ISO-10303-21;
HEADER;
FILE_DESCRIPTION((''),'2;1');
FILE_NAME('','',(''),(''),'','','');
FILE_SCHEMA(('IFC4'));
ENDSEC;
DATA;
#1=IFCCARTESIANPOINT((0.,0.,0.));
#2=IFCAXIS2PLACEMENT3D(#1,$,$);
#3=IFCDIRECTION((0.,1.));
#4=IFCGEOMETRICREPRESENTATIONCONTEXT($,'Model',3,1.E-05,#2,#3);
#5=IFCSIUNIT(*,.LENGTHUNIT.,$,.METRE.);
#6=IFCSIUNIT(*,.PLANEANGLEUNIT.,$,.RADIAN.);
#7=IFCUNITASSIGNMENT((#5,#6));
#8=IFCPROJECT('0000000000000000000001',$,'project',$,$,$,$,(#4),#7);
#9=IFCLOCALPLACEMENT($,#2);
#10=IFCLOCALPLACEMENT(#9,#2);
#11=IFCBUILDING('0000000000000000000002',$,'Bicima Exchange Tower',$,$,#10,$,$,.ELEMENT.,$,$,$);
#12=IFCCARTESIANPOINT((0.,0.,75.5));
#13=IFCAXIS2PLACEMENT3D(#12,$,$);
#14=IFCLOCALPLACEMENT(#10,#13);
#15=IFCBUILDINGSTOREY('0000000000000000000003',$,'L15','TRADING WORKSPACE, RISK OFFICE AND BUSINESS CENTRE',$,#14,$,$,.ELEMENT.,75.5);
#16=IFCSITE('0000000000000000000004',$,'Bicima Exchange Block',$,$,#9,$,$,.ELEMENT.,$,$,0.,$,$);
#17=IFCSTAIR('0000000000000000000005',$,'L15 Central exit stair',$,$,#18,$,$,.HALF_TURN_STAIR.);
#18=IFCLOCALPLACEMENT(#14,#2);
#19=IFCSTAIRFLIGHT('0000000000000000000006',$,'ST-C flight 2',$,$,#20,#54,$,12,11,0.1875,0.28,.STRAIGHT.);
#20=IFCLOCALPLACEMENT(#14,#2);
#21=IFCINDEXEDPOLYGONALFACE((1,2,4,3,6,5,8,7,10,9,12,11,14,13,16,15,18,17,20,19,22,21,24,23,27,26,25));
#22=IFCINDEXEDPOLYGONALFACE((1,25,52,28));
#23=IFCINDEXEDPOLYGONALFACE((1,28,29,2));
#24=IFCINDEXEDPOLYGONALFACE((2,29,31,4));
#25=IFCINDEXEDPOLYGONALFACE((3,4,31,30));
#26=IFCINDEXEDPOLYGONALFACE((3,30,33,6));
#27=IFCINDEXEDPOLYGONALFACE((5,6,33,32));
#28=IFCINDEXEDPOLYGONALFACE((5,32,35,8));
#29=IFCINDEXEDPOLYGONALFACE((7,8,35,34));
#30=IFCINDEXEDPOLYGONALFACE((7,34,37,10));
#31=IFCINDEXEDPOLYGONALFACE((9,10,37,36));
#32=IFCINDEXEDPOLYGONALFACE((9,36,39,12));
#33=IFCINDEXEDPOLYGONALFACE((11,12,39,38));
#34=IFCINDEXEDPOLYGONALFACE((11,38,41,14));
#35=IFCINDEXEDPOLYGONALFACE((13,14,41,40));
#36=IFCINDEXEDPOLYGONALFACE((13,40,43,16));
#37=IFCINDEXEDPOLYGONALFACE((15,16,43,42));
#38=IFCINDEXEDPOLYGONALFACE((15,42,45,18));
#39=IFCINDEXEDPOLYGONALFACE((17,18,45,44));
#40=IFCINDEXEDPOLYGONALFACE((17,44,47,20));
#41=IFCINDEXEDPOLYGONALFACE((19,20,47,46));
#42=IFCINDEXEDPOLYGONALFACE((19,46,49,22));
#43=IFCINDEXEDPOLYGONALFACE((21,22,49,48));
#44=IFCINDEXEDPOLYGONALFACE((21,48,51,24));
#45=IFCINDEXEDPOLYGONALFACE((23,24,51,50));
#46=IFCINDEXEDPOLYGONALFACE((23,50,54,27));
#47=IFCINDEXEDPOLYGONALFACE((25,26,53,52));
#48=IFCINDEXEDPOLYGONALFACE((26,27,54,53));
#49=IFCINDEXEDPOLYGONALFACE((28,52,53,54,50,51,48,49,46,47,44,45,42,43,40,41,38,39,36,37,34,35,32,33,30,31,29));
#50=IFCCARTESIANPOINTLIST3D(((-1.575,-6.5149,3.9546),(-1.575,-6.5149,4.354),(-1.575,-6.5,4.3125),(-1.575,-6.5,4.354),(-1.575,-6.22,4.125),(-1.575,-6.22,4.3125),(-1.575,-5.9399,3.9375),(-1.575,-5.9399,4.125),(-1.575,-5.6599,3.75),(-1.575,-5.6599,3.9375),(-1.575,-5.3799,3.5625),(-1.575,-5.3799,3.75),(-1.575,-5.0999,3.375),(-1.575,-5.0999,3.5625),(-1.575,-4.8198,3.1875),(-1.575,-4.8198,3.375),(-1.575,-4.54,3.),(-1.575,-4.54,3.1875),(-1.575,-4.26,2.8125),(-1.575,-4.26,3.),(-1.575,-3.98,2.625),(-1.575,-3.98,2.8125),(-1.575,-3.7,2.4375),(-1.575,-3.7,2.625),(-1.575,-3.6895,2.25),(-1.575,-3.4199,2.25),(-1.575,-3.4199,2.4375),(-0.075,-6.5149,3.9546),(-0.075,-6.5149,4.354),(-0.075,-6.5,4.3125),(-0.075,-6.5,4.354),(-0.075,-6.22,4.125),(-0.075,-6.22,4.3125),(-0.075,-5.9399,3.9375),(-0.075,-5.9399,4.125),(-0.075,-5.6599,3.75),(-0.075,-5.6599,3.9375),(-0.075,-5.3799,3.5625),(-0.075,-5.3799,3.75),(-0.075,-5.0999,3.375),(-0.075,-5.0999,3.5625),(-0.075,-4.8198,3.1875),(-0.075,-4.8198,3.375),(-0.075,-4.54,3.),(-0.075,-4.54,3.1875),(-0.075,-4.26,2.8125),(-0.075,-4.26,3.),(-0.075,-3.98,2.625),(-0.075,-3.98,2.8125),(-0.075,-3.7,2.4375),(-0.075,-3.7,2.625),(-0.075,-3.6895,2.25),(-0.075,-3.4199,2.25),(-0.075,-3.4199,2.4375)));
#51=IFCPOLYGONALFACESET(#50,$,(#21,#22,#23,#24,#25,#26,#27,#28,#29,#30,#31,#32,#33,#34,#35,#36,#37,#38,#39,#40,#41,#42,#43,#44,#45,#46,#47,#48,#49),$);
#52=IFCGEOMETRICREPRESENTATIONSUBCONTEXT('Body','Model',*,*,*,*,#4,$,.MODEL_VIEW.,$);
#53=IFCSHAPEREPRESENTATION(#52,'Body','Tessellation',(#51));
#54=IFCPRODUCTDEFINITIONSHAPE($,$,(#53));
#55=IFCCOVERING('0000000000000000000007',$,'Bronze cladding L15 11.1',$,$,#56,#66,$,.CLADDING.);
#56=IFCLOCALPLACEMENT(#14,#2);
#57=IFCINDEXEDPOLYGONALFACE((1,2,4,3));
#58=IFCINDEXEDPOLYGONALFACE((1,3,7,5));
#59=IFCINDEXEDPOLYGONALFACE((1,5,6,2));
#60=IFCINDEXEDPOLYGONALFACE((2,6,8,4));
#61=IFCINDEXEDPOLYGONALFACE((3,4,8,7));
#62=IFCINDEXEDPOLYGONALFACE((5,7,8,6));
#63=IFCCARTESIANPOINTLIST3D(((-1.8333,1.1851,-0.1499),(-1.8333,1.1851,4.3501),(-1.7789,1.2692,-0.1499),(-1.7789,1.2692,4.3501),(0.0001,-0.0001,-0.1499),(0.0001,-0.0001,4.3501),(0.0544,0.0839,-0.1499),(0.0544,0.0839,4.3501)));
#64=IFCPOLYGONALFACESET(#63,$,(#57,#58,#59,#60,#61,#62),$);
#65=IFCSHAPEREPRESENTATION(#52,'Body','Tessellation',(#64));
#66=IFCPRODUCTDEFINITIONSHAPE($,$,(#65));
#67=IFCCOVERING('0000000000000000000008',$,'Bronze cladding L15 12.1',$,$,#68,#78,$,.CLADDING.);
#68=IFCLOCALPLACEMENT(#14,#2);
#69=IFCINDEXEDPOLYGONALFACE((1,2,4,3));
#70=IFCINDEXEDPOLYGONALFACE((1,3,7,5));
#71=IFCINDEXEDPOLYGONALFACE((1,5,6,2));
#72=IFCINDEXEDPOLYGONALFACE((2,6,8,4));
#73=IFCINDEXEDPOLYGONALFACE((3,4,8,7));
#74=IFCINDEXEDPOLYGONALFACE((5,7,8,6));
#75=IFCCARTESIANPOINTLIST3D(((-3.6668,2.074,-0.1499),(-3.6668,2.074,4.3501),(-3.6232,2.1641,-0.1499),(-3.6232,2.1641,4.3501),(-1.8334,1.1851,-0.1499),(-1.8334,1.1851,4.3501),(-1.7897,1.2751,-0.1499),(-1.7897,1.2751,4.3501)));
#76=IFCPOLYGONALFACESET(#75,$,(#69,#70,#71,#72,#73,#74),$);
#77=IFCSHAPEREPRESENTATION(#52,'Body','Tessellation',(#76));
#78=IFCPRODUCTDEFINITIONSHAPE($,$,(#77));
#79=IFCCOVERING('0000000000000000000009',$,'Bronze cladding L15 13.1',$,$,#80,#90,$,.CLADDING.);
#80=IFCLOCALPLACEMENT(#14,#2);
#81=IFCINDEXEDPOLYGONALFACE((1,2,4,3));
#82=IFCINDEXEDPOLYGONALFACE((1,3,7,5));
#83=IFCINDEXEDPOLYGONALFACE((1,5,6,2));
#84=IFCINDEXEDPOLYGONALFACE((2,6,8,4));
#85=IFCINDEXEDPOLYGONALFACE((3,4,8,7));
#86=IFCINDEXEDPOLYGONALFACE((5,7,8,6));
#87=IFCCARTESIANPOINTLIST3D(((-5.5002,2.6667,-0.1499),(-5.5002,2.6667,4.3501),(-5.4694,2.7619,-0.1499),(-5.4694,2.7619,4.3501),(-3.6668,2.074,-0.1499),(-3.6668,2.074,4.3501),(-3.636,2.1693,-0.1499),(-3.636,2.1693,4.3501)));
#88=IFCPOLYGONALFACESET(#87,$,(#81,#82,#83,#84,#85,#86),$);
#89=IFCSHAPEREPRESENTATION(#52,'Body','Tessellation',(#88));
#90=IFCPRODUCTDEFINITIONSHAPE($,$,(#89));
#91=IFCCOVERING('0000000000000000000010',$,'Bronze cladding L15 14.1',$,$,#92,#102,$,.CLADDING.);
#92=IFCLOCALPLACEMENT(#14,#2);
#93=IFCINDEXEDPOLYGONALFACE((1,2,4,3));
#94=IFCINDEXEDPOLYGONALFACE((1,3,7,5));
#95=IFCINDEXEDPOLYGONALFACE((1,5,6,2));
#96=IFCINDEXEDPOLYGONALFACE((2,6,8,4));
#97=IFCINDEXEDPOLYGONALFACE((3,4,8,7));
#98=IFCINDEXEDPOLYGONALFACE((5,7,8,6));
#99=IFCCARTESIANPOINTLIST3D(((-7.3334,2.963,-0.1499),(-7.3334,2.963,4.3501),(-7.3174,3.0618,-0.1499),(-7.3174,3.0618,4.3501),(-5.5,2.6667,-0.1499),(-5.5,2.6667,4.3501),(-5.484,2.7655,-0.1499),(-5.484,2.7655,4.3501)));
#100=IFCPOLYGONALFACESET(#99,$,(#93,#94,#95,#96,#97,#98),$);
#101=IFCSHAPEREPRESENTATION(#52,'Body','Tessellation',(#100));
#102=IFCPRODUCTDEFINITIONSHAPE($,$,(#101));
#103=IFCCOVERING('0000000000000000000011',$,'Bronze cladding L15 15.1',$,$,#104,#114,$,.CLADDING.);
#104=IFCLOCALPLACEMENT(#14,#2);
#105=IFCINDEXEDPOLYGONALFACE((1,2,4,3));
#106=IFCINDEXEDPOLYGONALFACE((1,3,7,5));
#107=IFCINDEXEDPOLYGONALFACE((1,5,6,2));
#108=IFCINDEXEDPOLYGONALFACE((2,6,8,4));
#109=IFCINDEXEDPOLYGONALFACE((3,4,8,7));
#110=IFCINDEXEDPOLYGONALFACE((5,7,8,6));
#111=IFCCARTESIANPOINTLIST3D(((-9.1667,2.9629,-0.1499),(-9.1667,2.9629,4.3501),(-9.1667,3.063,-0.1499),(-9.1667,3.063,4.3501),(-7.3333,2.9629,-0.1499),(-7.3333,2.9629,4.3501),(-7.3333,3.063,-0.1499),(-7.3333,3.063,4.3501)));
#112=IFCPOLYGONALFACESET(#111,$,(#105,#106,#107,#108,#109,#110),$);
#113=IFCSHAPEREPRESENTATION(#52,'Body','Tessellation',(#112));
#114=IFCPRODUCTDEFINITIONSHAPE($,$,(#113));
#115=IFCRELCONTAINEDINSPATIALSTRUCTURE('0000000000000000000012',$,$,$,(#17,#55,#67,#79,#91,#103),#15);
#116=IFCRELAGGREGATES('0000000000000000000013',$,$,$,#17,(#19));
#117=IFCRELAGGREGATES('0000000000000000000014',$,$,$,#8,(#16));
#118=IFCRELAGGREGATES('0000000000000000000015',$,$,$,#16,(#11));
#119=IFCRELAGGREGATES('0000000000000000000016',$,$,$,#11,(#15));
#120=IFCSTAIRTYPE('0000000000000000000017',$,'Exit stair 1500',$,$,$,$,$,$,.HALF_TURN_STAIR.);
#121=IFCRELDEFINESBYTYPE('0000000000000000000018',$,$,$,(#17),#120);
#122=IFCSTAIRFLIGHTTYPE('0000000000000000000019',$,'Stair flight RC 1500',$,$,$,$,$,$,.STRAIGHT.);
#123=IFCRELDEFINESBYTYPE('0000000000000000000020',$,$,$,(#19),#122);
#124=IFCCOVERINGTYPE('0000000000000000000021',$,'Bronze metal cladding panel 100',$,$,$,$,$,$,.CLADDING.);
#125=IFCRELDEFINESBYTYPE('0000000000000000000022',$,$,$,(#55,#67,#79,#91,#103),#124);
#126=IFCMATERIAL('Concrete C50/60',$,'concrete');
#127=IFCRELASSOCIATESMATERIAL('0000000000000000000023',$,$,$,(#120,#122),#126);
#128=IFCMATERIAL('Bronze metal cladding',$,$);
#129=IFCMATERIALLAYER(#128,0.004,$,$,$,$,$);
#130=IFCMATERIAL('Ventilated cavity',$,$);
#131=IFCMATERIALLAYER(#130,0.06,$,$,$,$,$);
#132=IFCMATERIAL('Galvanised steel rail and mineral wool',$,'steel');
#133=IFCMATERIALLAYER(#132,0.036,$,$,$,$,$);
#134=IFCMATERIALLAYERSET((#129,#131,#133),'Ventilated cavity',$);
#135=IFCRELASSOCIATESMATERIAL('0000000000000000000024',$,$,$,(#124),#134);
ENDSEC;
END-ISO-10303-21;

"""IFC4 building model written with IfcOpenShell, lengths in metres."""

from ifc_helpers import new_model, si_unit, direction, frame, origin, origin_2d, place, context, subcontext, project, spatial, polyline, rectangle, outline, extrude, material, layer, layer_set, type_object, element, aggregate, save


model = new_model("IFC4")

# Units and contexts
model_context = context("Model", 3, precision=1e-05, world=origin(), true_north=direction((0.0, 1.0)))
body_context = subcontext(model_context, "Body", "Model", "MODEL_VIEW")
ifc_project = project(units=[si_unit("LENGTHUNIT", "METRE"), si_unit("PLANEANGLEUNIT", "RADIAN")], contexts=[model_context])

# Site, building, storey
site_placement = place(None, origin())
site = spatial("IfcSite", under=ifc_project, at=site_placement, Name="Bicima Exchange Block", CompositionType="ELEMENT", RefElevation=0.0)
building_placement = place(site_placement, origin())
building = spatial("IfcBuilding", under=site, at=building_placement, Name="Bicima Exchange Tower", CompositionType="ELEMENT")
storey_placement = place(building_placement, frame((0.0, 0.0, 75.5)))
storey = spatial("IfcBuildingStorey", under=building, at=storey_placement, Name="L15", Description="TRADING WORKSPACE, RISK OFFICE AND BUSINESS CENTRE", CompositionType="ELEMENT", Elevation=75.5)

# Shared definitions
ifc_material_1 = material(Name="Concrete C50/60", Category="concrete")

# Stair, stair flight
stair_type = type_object("IfcStairType", Name="Exit stair 1500", PredefinedType="HALF_TURN_STAIR", material=ifc_material_1)
stair_placement = place(storey_placement, origin())
stair = element("IfcStair", 1, at=stair_placement, inside=storey, type_object=stair_type, Name="L15 Central exit stair", PredefinedType="HALF_TURN_STAIR")
stair_flight_type = type_object("IfcStairFlightType", Name="Stair flight RC 1500", PredefinedType="STRAIGHT", material=ifc_material_1)
stair_flight_placement = place(storey_placement, frame((-0.825, -3.4199, 2.25), z_axis=(0.0, 0.0, 1.0), x_axis=(0.0, -1.0, 0.0)))
stair_flight = element("IfcStairFlight", 2, at=stair_flight_placement, type_object=stair_flight_type, Name="ST-C flight 2", NumberOfRisers=12, NumberOfTreads=11, PredefinedType="STRAIGHT", RiserHeight=0.1875, TreadLength=0.28, context=body_context, shape_type="SweptSolid", body=[
    extrude(outline(polyline([(0.0, 0.0), (0.0, 0.1875), (0.28, 0.1875), (0.28, 0.375), (0.5601, 0.375), (0.5601, 0.5625), (0.8401, 0.5625), (0.8401, 0.75), (1.1201, 0.75), (1.1201, 0.9375), (1.3999, 0.9375), (1.3999, 1.125), (1.6799, 1.125), (1.6799, 1.3125), (1.96, 1.3125), (1.96, 1.5), (2.24, 1.5), (2.24, 1.6875), (2.52, 1.6875), (2.52, 1.875), (2.8, 1.875), (2.8, 2.0625), (3.0801, 2.0625), (3.0801, 2.104), (3.095, 2.104), (3.095, 1.7046), (0.2695, 0.0), (0.0, 0.0)])), frame((0.0, 0.75, 0.0), z_axis=(0.0, -1.0, 0.0), x_axis=(1.0, 0.0, 0.0)), (0.0, 0.0, 1.0), 1.5),
])
aggregate(stair, [stair_flight])

# Coverings
ifc_material_2 = material(Name="Bronze metal cladding")
ifc_layer_1 = layer(ifc_material_2, 0.004)
ifc_material_3 = material(Name="Ventilated cavity")
ifc_layer_2 = layer(ifc_material_3, 0.06)
ifc_material_4 = material(Name="Galvanised steel rail and mineral wool", Category="steel")
ifc_layer_3 = layer(ifc_material_4, 0.036)
ifc_layer_set_1 = layer_set([ifc_layer_1, ifc_layer_2, ifc_layer_3], Name="Ventilated cavity")
covering_type = type_object("IfcCoveringType", Name="Bronze metal cladding panel 100", PredefinedType="CLADDING", material=ifc_layer_set_1)
covering_1_placement = place(storey_placement, frame((-0.8894, 0.6345, -0.1499), z_axis=(0.0, 0.0, 1.0), x_axis=(-0.83979, 0.542911, 0.0)))
element("IfcCovering", 3, at=covering_1_placement, inside=storey, type_object=covering_type, Name="Bronze cladding L15 11.1", PredefinedType="CLADDING", context=body_context, shape_type="SweptSolid", body=[
    extrude(rectangle(XDim=2.1831, YDim=0.1001, at=origin_2d()), origin(), (0.0, 0.0, 1.0), 4.5),
])
covering_2_placement = place(storey_placement, frame((-2.7283, 1.6746, -0.1499), z_axis=(0.0, 0.0, 1.0), x_axis=(-0.899818, 0.436265, 0.0)))
element("IfcCovering", 4, at=covering_2_placement, inside=storey, type_object=covering_type, Name="Bronze cladding L15 12.1", PredefinedType="CLADDING", context=body_context, shape_type="SweptSolid", body=[
    extrude(rectangle(XDim=2.0376, YDim=0.1001, at=origin_2d()), origin(), (0.0, 0.0, 1.0), 4.5),
])
covering_3_placement = place(storey_placement, frame((-4.5681, 2.418, -0.1499), z_axis=(0.0, 0.0, 1.0), x_axis=(-0.951525, 0.307573, 0.0)))
element("IfcCovering", 5, at=covering_3_placement, inside=storey, type_object=covering_type, Name="Bronze cladding L15 13.1", PredefinedType="CLADDING", context=body_context, shape_type="SweptSolid", body=[
    extrude(rectangle(XDim=1.9268, YDim=0.1001, at=origin_2d()), origin(), (0.0, 0.0, 1.0), 4.5),
])
covering_4_placement = place(storey_placement, frame((-6.4087, 2.8643, -0.1499), z_axis=(0.0, 0.0, 1.0), x_axis=(-0.98719, 0.15955, 0.0)))
element("IfcCovering", 6, at=covering_4_placement, inside=storey, type_object=covering_type, Name="Bronze cladding L15 14.1", PredefinedType="CLADDING", context=body_context, shape_type="SweptSolid", body=[
    extrude(rectangle(XDim=1.8572, YDim=0.1001, at=origin_2d()), origin(), (0.0, 0.0, 1.0), 4.5),
])
covering_5_placement = place(storey_placement, frame((-8.25, 3.0129, -0.1499), z_axis=(0.0, 0.0, 1.0), x_axis=(-1.0, 0.0, 0.0)))
element("IfcCovering", 7, at=covering_5_placement, inside=storey, type_object=covering_type, Name="Bronze cladding L15 15.1", PredefinedType="CLADDING", context=body_context, shape_type="SweptSolid", body=[
    extrude(rectangle(XDim=1.8335, YDim=0.1001, at=origin_2d()), origin(), (0.0, 0.0, 1.0), 4.5),
])

save(model, "model.ifc")
